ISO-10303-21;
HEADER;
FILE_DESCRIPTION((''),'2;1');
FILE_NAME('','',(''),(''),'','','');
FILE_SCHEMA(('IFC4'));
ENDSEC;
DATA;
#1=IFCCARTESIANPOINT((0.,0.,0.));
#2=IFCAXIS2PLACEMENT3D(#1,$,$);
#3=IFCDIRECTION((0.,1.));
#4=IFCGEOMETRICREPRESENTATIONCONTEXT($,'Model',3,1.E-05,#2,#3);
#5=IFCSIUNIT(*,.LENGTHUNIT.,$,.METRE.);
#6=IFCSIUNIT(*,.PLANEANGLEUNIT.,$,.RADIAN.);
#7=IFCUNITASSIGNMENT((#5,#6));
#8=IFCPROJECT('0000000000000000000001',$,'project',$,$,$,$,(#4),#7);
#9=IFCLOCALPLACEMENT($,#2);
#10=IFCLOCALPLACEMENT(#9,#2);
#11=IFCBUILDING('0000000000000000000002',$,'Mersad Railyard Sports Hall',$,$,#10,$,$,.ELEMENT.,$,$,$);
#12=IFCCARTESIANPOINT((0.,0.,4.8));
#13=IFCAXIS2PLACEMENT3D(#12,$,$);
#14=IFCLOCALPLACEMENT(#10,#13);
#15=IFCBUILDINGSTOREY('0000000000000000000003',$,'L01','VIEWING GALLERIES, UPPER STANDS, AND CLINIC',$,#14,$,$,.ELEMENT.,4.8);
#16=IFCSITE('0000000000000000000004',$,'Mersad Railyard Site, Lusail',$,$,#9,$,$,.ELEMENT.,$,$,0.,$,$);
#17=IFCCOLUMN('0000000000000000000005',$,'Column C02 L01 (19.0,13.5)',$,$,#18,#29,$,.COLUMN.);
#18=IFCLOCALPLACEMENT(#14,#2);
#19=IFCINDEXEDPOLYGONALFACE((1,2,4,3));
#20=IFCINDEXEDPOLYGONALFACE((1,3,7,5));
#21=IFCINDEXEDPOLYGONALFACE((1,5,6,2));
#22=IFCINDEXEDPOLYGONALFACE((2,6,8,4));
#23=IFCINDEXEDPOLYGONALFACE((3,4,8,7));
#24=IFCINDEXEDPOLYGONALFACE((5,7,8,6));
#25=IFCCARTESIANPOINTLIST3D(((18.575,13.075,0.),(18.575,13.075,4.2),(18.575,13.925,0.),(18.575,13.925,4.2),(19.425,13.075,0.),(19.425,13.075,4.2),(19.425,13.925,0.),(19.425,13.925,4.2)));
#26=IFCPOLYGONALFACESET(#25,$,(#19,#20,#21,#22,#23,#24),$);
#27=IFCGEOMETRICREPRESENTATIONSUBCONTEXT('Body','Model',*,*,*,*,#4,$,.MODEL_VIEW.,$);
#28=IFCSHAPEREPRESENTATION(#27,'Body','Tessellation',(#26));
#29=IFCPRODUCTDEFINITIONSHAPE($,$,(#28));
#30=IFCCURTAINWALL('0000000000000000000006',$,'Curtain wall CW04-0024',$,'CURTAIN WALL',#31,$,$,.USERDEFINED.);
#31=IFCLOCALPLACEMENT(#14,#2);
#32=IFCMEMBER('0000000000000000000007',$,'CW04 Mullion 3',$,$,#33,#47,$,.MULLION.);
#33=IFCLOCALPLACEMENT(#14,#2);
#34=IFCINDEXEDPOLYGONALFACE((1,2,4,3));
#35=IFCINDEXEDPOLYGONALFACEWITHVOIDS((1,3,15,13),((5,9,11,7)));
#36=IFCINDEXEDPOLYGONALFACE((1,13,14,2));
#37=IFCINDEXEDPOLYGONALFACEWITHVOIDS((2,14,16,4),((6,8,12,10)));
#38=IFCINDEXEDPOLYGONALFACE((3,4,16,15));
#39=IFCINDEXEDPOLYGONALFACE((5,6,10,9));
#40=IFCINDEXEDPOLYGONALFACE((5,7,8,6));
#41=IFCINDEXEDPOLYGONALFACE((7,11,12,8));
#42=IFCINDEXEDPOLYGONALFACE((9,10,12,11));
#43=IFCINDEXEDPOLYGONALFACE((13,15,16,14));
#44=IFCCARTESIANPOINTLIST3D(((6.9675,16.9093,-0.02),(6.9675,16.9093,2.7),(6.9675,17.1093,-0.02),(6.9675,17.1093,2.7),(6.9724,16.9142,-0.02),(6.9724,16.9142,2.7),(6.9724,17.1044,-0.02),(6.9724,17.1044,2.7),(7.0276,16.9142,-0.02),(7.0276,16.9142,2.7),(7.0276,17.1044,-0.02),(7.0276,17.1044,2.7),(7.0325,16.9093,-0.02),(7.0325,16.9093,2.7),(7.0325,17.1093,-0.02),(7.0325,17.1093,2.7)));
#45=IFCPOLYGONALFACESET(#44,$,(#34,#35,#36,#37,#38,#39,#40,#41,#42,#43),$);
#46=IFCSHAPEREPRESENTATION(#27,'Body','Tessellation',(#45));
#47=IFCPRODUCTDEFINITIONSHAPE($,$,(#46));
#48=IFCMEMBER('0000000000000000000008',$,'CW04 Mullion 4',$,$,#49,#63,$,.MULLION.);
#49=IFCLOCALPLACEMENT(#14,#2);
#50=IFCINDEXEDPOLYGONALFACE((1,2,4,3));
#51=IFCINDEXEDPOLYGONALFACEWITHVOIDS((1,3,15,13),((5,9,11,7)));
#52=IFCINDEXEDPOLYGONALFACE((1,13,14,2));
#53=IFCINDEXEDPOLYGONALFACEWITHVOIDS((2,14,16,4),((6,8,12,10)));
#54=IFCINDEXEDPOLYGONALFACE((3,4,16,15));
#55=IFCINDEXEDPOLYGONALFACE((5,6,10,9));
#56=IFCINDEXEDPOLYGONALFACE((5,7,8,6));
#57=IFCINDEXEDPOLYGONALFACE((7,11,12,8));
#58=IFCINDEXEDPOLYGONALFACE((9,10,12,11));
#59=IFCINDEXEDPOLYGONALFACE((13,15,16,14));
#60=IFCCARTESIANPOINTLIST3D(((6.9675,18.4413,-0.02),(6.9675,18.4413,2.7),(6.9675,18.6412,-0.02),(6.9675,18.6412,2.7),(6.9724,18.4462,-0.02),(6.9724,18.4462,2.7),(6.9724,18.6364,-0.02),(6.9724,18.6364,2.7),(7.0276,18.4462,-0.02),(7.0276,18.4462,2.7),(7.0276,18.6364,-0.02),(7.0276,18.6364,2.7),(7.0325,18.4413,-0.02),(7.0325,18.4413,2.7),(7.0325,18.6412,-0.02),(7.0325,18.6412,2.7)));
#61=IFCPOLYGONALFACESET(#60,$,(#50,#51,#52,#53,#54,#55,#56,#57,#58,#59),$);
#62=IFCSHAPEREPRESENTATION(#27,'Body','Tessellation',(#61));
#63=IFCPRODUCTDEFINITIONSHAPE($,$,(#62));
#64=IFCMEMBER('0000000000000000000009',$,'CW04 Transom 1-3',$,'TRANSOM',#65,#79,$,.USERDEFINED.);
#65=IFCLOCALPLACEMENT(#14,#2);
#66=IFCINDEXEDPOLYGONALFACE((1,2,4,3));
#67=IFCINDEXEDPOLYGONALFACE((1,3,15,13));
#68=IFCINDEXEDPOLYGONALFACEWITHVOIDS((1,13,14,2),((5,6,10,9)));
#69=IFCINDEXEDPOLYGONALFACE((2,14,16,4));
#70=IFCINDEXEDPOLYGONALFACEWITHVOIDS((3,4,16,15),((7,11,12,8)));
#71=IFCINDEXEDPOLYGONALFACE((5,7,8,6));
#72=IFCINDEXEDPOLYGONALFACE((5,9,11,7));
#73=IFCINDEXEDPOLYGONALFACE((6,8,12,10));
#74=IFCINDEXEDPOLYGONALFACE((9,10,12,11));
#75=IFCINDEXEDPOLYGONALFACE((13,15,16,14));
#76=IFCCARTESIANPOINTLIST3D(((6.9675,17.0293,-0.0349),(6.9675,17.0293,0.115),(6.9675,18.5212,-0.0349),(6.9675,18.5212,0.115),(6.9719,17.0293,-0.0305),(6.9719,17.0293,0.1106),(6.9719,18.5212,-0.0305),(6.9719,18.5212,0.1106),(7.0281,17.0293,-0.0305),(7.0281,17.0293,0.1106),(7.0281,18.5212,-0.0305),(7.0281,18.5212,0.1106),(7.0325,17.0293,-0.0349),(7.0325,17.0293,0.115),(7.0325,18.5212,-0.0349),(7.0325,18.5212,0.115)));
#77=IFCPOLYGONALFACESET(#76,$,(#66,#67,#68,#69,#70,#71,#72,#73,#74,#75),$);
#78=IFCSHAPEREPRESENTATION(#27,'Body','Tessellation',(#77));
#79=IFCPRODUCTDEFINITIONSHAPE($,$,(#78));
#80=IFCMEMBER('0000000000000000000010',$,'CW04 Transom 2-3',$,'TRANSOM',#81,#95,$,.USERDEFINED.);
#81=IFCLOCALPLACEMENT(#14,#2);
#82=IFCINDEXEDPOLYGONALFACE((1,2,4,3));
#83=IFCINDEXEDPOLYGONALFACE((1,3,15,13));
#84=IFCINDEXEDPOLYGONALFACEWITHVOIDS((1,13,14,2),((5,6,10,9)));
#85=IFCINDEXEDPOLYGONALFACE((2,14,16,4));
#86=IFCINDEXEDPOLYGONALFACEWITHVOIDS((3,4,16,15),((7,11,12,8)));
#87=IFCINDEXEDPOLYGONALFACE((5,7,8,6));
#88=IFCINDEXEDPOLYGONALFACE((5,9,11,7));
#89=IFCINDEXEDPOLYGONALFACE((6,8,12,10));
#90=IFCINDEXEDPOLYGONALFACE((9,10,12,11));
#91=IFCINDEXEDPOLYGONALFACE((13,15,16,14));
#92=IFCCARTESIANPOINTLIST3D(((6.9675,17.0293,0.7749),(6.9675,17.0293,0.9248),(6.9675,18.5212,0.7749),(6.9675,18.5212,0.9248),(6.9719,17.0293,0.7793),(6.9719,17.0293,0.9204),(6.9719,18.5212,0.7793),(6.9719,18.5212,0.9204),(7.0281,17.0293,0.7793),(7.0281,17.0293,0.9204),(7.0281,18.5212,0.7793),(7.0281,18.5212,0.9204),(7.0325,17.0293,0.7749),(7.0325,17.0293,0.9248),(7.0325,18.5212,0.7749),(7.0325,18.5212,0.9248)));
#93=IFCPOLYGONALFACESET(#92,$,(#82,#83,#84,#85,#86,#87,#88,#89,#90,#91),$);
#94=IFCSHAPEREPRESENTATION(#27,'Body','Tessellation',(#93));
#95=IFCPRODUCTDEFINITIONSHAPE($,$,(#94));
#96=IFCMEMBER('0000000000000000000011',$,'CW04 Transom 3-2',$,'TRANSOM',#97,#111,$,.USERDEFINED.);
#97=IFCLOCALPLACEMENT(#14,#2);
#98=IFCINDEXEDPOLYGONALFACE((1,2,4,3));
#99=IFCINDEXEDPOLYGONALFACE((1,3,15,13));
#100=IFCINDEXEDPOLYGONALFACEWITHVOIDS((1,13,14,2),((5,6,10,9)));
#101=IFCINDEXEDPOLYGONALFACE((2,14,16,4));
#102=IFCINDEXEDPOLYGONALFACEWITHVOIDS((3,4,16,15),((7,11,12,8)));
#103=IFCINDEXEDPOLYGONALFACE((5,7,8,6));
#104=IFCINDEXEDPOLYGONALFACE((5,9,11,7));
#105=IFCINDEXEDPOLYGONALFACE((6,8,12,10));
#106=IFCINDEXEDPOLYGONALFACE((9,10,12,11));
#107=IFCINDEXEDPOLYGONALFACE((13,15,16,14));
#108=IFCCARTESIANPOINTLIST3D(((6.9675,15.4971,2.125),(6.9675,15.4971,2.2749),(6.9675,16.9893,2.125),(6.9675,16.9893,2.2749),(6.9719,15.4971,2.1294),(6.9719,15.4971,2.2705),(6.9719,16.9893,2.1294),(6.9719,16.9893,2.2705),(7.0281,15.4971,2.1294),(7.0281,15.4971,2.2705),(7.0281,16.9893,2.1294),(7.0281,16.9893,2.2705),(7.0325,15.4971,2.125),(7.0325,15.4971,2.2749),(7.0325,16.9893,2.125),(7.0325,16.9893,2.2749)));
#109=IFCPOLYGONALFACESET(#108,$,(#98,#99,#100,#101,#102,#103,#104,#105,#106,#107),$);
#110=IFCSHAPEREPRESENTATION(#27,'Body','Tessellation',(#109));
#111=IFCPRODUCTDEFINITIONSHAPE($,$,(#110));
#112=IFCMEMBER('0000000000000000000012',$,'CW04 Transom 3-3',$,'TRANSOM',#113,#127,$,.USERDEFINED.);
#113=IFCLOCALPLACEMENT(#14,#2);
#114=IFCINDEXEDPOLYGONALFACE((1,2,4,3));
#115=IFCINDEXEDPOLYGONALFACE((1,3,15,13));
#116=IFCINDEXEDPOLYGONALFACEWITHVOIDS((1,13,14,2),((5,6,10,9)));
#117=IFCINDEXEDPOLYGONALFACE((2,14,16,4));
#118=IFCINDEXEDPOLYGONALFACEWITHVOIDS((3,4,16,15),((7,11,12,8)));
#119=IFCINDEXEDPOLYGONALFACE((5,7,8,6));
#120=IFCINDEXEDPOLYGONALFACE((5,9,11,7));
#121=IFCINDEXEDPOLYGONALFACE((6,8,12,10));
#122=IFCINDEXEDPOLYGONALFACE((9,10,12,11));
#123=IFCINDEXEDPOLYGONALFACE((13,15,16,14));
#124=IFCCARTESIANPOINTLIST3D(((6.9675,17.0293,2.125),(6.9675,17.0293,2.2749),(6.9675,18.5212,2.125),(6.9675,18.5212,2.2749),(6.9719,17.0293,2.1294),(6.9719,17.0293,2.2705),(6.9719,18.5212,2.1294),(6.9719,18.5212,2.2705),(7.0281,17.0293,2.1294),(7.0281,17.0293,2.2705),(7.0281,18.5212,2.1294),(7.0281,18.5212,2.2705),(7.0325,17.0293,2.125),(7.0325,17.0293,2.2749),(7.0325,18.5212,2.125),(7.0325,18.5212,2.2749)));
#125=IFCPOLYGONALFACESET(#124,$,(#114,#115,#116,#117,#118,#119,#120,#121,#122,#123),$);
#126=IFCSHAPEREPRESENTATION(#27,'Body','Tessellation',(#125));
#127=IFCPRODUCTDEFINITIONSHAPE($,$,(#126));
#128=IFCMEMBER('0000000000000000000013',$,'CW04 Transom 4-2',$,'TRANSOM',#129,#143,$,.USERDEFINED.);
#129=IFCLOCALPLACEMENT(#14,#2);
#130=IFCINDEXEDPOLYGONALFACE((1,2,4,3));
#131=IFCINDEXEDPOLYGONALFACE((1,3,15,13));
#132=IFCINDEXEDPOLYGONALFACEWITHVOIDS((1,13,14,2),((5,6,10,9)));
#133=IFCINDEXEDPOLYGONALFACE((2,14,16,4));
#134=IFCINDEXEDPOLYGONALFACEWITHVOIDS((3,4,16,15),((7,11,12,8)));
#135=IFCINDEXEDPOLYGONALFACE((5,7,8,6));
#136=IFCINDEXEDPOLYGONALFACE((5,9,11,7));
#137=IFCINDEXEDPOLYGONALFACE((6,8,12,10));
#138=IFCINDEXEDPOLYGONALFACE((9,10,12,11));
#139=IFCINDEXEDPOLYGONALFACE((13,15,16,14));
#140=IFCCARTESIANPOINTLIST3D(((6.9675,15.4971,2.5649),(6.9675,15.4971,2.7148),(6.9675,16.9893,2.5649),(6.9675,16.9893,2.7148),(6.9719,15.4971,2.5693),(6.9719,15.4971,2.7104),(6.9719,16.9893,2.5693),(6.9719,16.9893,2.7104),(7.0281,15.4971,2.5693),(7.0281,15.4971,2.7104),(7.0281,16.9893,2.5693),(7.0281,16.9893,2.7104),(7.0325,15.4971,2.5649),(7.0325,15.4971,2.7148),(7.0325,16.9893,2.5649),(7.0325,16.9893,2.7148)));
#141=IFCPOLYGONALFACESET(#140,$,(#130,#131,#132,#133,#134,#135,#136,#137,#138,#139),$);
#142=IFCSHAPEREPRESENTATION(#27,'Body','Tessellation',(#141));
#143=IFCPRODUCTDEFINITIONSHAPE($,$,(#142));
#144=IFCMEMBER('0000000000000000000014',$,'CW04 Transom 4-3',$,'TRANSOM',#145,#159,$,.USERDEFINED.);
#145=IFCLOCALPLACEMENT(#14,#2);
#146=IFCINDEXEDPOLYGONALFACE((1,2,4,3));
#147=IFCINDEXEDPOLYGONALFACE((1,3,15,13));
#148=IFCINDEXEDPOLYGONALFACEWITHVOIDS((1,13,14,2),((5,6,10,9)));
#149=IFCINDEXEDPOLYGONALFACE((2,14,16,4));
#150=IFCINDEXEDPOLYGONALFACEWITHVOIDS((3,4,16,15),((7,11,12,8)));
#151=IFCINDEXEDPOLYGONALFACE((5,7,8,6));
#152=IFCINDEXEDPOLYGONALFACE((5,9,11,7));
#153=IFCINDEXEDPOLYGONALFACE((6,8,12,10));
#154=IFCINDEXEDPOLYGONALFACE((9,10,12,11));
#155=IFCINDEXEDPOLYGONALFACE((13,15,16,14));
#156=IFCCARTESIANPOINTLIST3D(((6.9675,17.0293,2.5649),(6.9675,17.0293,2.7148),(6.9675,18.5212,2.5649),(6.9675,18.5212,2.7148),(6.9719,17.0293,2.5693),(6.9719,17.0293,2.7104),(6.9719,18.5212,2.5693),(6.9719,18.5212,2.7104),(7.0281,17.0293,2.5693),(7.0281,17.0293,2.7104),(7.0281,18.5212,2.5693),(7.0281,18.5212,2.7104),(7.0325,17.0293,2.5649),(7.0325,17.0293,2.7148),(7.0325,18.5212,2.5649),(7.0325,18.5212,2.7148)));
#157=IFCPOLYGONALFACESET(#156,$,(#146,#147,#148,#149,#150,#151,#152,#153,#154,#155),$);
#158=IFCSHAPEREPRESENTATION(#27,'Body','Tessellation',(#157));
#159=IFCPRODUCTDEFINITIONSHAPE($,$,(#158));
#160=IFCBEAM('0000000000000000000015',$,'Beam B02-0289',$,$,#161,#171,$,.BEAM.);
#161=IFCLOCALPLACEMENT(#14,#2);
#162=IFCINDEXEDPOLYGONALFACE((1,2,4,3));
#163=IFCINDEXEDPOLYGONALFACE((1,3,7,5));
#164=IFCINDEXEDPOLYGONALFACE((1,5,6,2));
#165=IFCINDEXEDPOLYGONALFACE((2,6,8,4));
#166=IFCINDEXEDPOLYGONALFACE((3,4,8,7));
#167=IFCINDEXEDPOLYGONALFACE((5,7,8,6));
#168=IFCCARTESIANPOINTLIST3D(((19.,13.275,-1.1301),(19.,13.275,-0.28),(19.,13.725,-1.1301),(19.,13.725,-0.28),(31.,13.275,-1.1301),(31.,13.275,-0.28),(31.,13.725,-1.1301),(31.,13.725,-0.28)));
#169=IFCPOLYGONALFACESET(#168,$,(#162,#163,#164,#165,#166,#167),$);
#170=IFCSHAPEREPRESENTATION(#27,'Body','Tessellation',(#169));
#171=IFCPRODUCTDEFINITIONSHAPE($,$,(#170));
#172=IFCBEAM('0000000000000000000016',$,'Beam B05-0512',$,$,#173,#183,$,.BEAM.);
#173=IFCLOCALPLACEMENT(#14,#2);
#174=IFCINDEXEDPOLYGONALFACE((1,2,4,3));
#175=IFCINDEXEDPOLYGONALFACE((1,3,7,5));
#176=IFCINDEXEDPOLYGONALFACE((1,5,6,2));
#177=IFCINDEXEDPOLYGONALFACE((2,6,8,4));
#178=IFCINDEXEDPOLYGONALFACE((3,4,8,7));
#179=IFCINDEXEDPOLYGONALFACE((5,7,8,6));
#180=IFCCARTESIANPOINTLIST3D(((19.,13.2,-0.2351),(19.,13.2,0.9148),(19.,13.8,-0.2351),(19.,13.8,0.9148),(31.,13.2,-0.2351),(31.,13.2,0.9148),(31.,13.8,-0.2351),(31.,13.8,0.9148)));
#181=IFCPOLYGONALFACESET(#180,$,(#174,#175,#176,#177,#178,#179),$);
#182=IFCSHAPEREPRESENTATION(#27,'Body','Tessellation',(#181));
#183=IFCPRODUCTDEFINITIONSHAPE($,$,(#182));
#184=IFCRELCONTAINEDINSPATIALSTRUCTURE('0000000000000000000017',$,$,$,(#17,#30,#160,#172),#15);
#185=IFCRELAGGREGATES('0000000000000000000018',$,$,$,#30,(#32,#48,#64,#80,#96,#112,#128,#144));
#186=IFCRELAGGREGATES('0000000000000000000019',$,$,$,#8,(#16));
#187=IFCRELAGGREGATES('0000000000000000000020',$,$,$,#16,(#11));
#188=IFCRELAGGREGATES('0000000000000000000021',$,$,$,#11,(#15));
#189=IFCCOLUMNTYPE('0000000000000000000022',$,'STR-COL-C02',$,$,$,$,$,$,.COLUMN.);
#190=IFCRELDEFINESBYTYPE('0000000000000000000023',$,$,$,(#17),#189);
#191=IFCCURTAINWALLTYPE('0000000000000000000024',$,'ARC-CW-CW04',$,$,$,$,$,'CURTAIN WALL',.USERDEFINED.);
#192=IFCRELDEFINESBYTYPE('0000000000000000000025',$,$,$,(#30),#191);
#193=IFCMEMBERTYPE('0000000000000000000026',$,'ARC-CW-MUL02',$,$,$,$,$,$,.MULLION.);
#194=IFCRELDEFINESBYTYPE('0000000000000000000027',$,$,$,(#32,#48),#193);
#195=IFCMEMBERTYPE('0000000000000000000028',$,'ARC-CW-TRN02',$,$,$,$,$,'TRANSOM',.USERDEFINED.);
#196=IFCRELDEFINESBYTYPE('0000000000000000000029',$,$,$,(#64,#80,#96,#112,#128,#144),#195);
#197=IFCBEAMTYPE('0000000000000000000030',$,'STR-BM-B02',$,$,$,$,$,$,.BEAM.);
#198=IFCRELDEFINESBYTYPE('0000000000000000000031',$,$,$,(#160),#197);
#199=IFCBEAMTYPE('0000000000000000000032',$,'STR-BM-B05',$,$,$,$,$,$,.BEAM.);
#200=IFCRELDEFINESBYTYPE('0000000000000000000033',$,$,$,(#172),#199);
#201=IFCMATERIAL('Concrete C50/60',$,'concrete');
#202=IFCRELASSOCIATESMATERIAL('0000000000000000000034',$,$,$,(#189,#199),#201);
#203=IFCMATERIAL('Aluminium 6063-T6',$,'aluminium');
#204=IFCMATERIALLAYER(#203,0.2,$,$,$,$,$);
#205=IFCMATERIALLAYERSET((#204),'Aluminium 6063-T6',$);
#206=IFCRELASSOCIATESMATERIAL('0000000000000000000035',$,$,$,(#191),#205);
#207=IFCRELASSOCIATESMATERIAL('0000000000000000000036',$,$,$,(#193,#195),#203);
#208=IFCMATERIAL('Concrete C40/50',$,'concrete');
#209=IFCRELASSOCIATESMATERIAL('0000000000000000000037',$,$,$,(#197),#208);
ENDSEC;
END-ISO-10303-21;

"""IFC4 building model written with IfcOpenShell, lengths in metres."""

from ifc_helpers import new_model, si_unit, direction, frame, origin, origin_2d, place, context, subcontext, project, spatial, rectangle, hollow_rectangle, extrude, material, layer, layer_set, material_profile, profile_set, type_object, element, aggregate, save


model = new_model("IFC4")

# Units and contexts
model_context = context("Model", 3, precision=1e-05, world=origin(), true_north=direction((0.0, 1.0)))
body_context = subcontext(model_context, "Body", "Model", "MODEL_VIEW")
ifc_project = project(units=[si_unit("LENGTHUNIT", "METRE"), si_unit("PLANEANGLEUNIT", "RADIAN")], contexts=[model_context])

# Site, building, storey
site_placement = place(None, origin())
site = spatial("IfcSite", under=ifc_project, at=site_placement, Name="Mersad Railyard Site, Lusail", CompositionType="ELEMENT", RefElevation=0.0)
building_placement = place(site_placement, origin())
building = spatial("IfcBuilding", under=site, at=building_placement, Name="Mersad Railyard Sports Hall", CompositionType="ELEMENT")
storey_placement = place(building_placement, frame((0.0, 0.0, 4.8)))
storey = spatial("IfcBuildingStorey", under=building, at=storey_placement, Name="L01", Description="VIEWING GALLERIES, UPPER STANDS, AND CLINIC", CompositionType="ELEMENT", Elevation=4.8)

# Column
ifc_material_1 = material(Name="Concrete C50/60", Category="concrete")
ifc_material_profile_1 = material_profile(ifc_material_1, rectangle(XDim=0.8501, YDim=0.8501, at=origin_2d()), Name="RC 850x850")
ifc_profile_set_1 = profile_set([ifc_material_profile_1], Name="Concrete C50/60")
column_type = type_object("IfcColumnType", Name="STR-COL-C02", PredefinedType="COLUMN", material=ifc_profile_set_1)
column_placement = place(storey_placement, frame((19.0, 13.5, 0.0), z_axis=(0.0, 0.0, 1.0), x_axis=(1.0, 0.0, 0.0)))
element("IfcColumn", 1, at=column_placement, inside=storey, type_object=column_type, Name="Column C02 L01 (19.0,13.5)", PredefinedType="COLUMN", context=body_context, shape_type="SweptSolid", body=[
    extrude(rectangle(XDim=0.8501, YDim=0.8501, at=origin_2d()), origin(), (0.0, 0.0, 1.0), 4.2),
])

# Curtain wall, members
ifc_material_2 = material(Name="Aluminium 6063-T6", Category="aluminium")
ifc_layer_1 = layer(ifc_material_2, 0.2)
ifc_layer_set_1 = layer_set([ifc_layer_1], Name="Aluminium 6063-T6")
curtain_wall_type = type_object("IfcCurtainWallType", Name="ARC-CW-CW04", ElementType="CURTAIN WALL", PredefinedType="USERDEFINED", material=ifc_layer_set_1)
curtain_wall_placement = place(storey_placement, origin())
curtain_wall = element("IfcCurtainWall", 2, at=curtain_wall_placement, inside=storey, type_object=curtain_wall_type, Name="Curtain wall CW04-0024", ObjectType="CURTAIN WALL", PredefinedType="USERDEFINED")
ifc_material_profile_2 = material_profile(ifc_material_2, hollow_rectangle(XDim=0.0649, YDim=0.2, WallThickness=0.0049, at=origin_2d()), Name="AL MULLION 65x200x5")
ifc_profile_set_2 = profile_set([ifc_material_profile_2], Name="Aluminium 6063-T6")
member_type_1 = type_object("IfcMemberType", Name="ARC-CW-MUL02", PredefinedType="MULLION", material=ifc_profile_set_2)
member_1_placement = place(storey_placement, frame((7.0, 17.0093, -0.02), z_axis=(0.0, 0.0, 1.0), x_axis=(1.0, 0.0, 0.0)))
member_1 = element("IfcMember", 3, at=member_1_placement, type_object=member_type_1, Name="CW04 Mullion 3", PredefinedType="MULLION", context=body_context, shape_type="SweptSolid", body=[
    extrude(hollow_rectangle(XDim=0.0649, YDim=0.2, WallThickness=0.0049, at=origin_2d()), origin(), (0.0, 0.0, 1.0), 2.72),
])
member_2_placement = place(storey_placement, frame((7.0, 18.5413, -0.02), z_axis=(0.0, 0.0, 1.0), x_axis=(1.0, 0.0, 0.0)))
member_2 = element("IfcMember", 4, at=member_2_placement, type_object=member_type_1, Name="CW04 Mullion 4", PredefinedType="MULLION", context=body_context, shape_type="SweptSolid", body=[
    extrude(hollow_rectangle(XDim=0.0649, YDim=0.2, WallThickness=0.0049, at=origin_2d()), origin(), (0.0, 0.0, 1.0), 2.72),
])
ifc_material_profile_3 = material_profile(ifc_material_2, hollow_rectangle(XDim=0.0649, YDim=0.1499, WallThickness=0.0044, at=origin_2d()), Name="AL TRANSOM 65x150x4.5")
ifc_profile_set_3 = profile_set([ifc_material_profile_3], Name="Aluminium 6063-T6")
member_type_2 = type_object("IfcMemberType", Name="ARC-CW-TRN02", ElementType="TRANSOM", PredefinedType="USERDEFINED", material=ifc_profile_set_3)
member_3_placement = place(storey_placement, frame((7.0, 17.0293, 0.04), z_axis=(0.0, 1.0, 0.0), x_axis=(-1.0, 0.0, 0.0)))
member_3 = element("IfcMember", 5, at=member_3_placement, type_object=member_type_2, Name="CW04 Transom 1-3", ObjectType="TRANSOM", PredefinedType="USERDEFINED", context=body_context, shape_type="SweptSolid", body=[
    extrude(hollow_rectangle(XDim=0.0649, YDim=0.1499, WallThickness=0.0044, at=origin_2d()), origin(), (0.0, 0.0, 1.0), 1.4919),
])
member_4_placement = place(storey_placement, frame((7.0, 17.0293, 0.8499), z_axis=(0.0, 1.0, 0.0), x_axis=(-1.0, 0.0, 0.0)))
member_4 = element("IfcMember", 6, at=member_4_placement, type_object=member_type_2, Name="CW04 Transom 2-3", ObjectType="TRANSOM", PredefinedType="USERDEFINED", context=body_context, shape_type="SweptSolid", body=[
    extrude(hollow_rectangle(XDim=0.0649, YDim=0.1499, WallThickness=0.0044, at=origin_2d()), origin(), (0.0, 0.0, 1.0), 1.4919),
])
member_5_placement = place(storey_placement, frame((7.0, 15.4971, 2.2), z_axis=(0.0, 1.0, 0.0), x_axis=(-1.0, 0.0, 0.0)))
member_5 = element("IfcMember", 7, at=member_5_placement, type_object=member_type_2, Name="CW04 Transom 3-2", ObjectType="TRANSOM", PredefinedType="USERDEFINED", context=body_context, shape_type="SweptSolid", body=[
    extrude(hollow_rectangle(XDim=0.0649, YDim=0.1499, WallThickness=0.0044, at=origin_2d()), origin(), (0.0, 0.0, 1.0), 1.4922),
])
member_6_placement = place(storey_placement, frame((7.0, 17.0293, 2.2), z_axis=(0.0, 1.0, 0.0), x_axis=(-1.0, 0.0, 0.0)))
member_6 = element("IfcMember", 8, at=member_6_placement, type_object=member_type_2, Name="CW04 Transom 3-3", ObjectType="TRANSOM", PredefinedType="USERDEFINED", context=body_context, shape_type="SweptSolid", body=[
    extrude(hollow_rectangle(XDim=0.0649, YDim=0.1499, WallThickness=0.0044, at=origin_2d()), origin(), (0.0, 0.0, 1.0), 1.4919),
])
member_7_placement = place(storey_placement, frame((7.0, 15.4971, 2.6399), z_axis=(0.0, 1.0, 0.0), x_axis=(-1.0, 0.0, 0.0)))
member_7 = element("IfcMember", 9, at=member_7_placement, type_object=member_type_2, Name="CW04 Transom 4-2", ObjectType="TRANSOM", PredefinedType="USERDEFINED", context=body_context, shape_type="SweptSolid", body=[
    extrude(hollow_rectangle(XDim=0.0649, YDim=0.1499, WallThickness=0.0044, at=origin_2d()), origin(), (0.0, 0.0, 1.0), 1.4922),
])
member_8_placement = place(storey_placement, frame((7.0, 17.0293, 2.6399), z_axis=(0.0, 1.0, 0.0), x_axis=(-1.0, 0.0, 0.0)))
member_8 = element("IfcMember", 10, at=member_8_placement, type_object=member_type_2, Name="CW04 Transom 4-3", ObjectType="TRANSOM", PredefinedType="USERDEFINED", context=body_context, shape_type="SweptSolid", body=[
    extrude(hollow_rectangle(XDim=0.0649, YDim=0.1499, WallThickness=0.0044, at=origin_2d()), origin(), (0.0, 0.0, 1.0), 1.4919),
])

# Beams
ifc_material_3 = material(Name="Concrete C40/50", Category="concrete")
ifc_material_profile_4 = material_profile(ifc_material_3, rectangle(XDim=0.45, YDim=0.8501, at=origin_2d()), Name="RC 450x850")
ifc_profile_set_4 = profile_set([ifc_material_profile_4], Name="Concrete C40/50")
beam_type_1 = type_object("IfcBeamType", Name="STR-BM-B02", PredefinedType="BEAM", material=ifc_profile_set_4)
beam_1_placement = place(storey_placement, frame((19.0, 13.5, -0.7051), z_axis=(1.0, 0.0, 0.0), x_axis=(0.0, 1.0, 0.0)))
element("IfcBeam", 11, at=beam_1_placement, inside=storey, type_object=beam_type_1, Name="Beam B02-0289", PredefinedType="BEAM", context=body_context, shape_type="SweptSolid", body=[
    extrude(rectangle(XDim=0.45, YDim=0.8501, at=origin_2d()), origin(), (0.0, 0.0, 1.0), 12.0),
])
ifc_material_profile_5 = material_profile(ifc_material_1, rectangle(XDim=0.6001, YDim=1.1499, at=origin_2d()), Name="RC 600x1150")
ifc_profile_set_5 = profile_set([ifc_material_profile_5], Name="Concrete C50/60")
beam_type_2 = type_object("IfcBeamType", Name="STR-BM-B05", PredefinedType="BEAM", material=ifc_profile_set_5)
beam_2_placement = place(storey_placement, frame((19.0, 13.5, 0.3398), z_axis=(1.0, 0.0, 0.0), x_axis=(0.0, 1.0, 0.0)))
element("IfcBeam", 12, at=beam_2_placement, inside=storey, type_object=beam_type_2, Name="Beam B05-0512", PredefinedType="BEAM", context=body_context, shape_type="SweptSolid", body=[
    extrude(rectangle(XDim=0.6001, YDim=1.1499, at=origin_2d()), origin(), (0.0, 0.0, 1.0), 12.0),
])

aggregate(curtain_wall, [member_1, member_2, member_3, member_4, member_5, member_6, member_7, member_8])

save(model, "model.ifc")
